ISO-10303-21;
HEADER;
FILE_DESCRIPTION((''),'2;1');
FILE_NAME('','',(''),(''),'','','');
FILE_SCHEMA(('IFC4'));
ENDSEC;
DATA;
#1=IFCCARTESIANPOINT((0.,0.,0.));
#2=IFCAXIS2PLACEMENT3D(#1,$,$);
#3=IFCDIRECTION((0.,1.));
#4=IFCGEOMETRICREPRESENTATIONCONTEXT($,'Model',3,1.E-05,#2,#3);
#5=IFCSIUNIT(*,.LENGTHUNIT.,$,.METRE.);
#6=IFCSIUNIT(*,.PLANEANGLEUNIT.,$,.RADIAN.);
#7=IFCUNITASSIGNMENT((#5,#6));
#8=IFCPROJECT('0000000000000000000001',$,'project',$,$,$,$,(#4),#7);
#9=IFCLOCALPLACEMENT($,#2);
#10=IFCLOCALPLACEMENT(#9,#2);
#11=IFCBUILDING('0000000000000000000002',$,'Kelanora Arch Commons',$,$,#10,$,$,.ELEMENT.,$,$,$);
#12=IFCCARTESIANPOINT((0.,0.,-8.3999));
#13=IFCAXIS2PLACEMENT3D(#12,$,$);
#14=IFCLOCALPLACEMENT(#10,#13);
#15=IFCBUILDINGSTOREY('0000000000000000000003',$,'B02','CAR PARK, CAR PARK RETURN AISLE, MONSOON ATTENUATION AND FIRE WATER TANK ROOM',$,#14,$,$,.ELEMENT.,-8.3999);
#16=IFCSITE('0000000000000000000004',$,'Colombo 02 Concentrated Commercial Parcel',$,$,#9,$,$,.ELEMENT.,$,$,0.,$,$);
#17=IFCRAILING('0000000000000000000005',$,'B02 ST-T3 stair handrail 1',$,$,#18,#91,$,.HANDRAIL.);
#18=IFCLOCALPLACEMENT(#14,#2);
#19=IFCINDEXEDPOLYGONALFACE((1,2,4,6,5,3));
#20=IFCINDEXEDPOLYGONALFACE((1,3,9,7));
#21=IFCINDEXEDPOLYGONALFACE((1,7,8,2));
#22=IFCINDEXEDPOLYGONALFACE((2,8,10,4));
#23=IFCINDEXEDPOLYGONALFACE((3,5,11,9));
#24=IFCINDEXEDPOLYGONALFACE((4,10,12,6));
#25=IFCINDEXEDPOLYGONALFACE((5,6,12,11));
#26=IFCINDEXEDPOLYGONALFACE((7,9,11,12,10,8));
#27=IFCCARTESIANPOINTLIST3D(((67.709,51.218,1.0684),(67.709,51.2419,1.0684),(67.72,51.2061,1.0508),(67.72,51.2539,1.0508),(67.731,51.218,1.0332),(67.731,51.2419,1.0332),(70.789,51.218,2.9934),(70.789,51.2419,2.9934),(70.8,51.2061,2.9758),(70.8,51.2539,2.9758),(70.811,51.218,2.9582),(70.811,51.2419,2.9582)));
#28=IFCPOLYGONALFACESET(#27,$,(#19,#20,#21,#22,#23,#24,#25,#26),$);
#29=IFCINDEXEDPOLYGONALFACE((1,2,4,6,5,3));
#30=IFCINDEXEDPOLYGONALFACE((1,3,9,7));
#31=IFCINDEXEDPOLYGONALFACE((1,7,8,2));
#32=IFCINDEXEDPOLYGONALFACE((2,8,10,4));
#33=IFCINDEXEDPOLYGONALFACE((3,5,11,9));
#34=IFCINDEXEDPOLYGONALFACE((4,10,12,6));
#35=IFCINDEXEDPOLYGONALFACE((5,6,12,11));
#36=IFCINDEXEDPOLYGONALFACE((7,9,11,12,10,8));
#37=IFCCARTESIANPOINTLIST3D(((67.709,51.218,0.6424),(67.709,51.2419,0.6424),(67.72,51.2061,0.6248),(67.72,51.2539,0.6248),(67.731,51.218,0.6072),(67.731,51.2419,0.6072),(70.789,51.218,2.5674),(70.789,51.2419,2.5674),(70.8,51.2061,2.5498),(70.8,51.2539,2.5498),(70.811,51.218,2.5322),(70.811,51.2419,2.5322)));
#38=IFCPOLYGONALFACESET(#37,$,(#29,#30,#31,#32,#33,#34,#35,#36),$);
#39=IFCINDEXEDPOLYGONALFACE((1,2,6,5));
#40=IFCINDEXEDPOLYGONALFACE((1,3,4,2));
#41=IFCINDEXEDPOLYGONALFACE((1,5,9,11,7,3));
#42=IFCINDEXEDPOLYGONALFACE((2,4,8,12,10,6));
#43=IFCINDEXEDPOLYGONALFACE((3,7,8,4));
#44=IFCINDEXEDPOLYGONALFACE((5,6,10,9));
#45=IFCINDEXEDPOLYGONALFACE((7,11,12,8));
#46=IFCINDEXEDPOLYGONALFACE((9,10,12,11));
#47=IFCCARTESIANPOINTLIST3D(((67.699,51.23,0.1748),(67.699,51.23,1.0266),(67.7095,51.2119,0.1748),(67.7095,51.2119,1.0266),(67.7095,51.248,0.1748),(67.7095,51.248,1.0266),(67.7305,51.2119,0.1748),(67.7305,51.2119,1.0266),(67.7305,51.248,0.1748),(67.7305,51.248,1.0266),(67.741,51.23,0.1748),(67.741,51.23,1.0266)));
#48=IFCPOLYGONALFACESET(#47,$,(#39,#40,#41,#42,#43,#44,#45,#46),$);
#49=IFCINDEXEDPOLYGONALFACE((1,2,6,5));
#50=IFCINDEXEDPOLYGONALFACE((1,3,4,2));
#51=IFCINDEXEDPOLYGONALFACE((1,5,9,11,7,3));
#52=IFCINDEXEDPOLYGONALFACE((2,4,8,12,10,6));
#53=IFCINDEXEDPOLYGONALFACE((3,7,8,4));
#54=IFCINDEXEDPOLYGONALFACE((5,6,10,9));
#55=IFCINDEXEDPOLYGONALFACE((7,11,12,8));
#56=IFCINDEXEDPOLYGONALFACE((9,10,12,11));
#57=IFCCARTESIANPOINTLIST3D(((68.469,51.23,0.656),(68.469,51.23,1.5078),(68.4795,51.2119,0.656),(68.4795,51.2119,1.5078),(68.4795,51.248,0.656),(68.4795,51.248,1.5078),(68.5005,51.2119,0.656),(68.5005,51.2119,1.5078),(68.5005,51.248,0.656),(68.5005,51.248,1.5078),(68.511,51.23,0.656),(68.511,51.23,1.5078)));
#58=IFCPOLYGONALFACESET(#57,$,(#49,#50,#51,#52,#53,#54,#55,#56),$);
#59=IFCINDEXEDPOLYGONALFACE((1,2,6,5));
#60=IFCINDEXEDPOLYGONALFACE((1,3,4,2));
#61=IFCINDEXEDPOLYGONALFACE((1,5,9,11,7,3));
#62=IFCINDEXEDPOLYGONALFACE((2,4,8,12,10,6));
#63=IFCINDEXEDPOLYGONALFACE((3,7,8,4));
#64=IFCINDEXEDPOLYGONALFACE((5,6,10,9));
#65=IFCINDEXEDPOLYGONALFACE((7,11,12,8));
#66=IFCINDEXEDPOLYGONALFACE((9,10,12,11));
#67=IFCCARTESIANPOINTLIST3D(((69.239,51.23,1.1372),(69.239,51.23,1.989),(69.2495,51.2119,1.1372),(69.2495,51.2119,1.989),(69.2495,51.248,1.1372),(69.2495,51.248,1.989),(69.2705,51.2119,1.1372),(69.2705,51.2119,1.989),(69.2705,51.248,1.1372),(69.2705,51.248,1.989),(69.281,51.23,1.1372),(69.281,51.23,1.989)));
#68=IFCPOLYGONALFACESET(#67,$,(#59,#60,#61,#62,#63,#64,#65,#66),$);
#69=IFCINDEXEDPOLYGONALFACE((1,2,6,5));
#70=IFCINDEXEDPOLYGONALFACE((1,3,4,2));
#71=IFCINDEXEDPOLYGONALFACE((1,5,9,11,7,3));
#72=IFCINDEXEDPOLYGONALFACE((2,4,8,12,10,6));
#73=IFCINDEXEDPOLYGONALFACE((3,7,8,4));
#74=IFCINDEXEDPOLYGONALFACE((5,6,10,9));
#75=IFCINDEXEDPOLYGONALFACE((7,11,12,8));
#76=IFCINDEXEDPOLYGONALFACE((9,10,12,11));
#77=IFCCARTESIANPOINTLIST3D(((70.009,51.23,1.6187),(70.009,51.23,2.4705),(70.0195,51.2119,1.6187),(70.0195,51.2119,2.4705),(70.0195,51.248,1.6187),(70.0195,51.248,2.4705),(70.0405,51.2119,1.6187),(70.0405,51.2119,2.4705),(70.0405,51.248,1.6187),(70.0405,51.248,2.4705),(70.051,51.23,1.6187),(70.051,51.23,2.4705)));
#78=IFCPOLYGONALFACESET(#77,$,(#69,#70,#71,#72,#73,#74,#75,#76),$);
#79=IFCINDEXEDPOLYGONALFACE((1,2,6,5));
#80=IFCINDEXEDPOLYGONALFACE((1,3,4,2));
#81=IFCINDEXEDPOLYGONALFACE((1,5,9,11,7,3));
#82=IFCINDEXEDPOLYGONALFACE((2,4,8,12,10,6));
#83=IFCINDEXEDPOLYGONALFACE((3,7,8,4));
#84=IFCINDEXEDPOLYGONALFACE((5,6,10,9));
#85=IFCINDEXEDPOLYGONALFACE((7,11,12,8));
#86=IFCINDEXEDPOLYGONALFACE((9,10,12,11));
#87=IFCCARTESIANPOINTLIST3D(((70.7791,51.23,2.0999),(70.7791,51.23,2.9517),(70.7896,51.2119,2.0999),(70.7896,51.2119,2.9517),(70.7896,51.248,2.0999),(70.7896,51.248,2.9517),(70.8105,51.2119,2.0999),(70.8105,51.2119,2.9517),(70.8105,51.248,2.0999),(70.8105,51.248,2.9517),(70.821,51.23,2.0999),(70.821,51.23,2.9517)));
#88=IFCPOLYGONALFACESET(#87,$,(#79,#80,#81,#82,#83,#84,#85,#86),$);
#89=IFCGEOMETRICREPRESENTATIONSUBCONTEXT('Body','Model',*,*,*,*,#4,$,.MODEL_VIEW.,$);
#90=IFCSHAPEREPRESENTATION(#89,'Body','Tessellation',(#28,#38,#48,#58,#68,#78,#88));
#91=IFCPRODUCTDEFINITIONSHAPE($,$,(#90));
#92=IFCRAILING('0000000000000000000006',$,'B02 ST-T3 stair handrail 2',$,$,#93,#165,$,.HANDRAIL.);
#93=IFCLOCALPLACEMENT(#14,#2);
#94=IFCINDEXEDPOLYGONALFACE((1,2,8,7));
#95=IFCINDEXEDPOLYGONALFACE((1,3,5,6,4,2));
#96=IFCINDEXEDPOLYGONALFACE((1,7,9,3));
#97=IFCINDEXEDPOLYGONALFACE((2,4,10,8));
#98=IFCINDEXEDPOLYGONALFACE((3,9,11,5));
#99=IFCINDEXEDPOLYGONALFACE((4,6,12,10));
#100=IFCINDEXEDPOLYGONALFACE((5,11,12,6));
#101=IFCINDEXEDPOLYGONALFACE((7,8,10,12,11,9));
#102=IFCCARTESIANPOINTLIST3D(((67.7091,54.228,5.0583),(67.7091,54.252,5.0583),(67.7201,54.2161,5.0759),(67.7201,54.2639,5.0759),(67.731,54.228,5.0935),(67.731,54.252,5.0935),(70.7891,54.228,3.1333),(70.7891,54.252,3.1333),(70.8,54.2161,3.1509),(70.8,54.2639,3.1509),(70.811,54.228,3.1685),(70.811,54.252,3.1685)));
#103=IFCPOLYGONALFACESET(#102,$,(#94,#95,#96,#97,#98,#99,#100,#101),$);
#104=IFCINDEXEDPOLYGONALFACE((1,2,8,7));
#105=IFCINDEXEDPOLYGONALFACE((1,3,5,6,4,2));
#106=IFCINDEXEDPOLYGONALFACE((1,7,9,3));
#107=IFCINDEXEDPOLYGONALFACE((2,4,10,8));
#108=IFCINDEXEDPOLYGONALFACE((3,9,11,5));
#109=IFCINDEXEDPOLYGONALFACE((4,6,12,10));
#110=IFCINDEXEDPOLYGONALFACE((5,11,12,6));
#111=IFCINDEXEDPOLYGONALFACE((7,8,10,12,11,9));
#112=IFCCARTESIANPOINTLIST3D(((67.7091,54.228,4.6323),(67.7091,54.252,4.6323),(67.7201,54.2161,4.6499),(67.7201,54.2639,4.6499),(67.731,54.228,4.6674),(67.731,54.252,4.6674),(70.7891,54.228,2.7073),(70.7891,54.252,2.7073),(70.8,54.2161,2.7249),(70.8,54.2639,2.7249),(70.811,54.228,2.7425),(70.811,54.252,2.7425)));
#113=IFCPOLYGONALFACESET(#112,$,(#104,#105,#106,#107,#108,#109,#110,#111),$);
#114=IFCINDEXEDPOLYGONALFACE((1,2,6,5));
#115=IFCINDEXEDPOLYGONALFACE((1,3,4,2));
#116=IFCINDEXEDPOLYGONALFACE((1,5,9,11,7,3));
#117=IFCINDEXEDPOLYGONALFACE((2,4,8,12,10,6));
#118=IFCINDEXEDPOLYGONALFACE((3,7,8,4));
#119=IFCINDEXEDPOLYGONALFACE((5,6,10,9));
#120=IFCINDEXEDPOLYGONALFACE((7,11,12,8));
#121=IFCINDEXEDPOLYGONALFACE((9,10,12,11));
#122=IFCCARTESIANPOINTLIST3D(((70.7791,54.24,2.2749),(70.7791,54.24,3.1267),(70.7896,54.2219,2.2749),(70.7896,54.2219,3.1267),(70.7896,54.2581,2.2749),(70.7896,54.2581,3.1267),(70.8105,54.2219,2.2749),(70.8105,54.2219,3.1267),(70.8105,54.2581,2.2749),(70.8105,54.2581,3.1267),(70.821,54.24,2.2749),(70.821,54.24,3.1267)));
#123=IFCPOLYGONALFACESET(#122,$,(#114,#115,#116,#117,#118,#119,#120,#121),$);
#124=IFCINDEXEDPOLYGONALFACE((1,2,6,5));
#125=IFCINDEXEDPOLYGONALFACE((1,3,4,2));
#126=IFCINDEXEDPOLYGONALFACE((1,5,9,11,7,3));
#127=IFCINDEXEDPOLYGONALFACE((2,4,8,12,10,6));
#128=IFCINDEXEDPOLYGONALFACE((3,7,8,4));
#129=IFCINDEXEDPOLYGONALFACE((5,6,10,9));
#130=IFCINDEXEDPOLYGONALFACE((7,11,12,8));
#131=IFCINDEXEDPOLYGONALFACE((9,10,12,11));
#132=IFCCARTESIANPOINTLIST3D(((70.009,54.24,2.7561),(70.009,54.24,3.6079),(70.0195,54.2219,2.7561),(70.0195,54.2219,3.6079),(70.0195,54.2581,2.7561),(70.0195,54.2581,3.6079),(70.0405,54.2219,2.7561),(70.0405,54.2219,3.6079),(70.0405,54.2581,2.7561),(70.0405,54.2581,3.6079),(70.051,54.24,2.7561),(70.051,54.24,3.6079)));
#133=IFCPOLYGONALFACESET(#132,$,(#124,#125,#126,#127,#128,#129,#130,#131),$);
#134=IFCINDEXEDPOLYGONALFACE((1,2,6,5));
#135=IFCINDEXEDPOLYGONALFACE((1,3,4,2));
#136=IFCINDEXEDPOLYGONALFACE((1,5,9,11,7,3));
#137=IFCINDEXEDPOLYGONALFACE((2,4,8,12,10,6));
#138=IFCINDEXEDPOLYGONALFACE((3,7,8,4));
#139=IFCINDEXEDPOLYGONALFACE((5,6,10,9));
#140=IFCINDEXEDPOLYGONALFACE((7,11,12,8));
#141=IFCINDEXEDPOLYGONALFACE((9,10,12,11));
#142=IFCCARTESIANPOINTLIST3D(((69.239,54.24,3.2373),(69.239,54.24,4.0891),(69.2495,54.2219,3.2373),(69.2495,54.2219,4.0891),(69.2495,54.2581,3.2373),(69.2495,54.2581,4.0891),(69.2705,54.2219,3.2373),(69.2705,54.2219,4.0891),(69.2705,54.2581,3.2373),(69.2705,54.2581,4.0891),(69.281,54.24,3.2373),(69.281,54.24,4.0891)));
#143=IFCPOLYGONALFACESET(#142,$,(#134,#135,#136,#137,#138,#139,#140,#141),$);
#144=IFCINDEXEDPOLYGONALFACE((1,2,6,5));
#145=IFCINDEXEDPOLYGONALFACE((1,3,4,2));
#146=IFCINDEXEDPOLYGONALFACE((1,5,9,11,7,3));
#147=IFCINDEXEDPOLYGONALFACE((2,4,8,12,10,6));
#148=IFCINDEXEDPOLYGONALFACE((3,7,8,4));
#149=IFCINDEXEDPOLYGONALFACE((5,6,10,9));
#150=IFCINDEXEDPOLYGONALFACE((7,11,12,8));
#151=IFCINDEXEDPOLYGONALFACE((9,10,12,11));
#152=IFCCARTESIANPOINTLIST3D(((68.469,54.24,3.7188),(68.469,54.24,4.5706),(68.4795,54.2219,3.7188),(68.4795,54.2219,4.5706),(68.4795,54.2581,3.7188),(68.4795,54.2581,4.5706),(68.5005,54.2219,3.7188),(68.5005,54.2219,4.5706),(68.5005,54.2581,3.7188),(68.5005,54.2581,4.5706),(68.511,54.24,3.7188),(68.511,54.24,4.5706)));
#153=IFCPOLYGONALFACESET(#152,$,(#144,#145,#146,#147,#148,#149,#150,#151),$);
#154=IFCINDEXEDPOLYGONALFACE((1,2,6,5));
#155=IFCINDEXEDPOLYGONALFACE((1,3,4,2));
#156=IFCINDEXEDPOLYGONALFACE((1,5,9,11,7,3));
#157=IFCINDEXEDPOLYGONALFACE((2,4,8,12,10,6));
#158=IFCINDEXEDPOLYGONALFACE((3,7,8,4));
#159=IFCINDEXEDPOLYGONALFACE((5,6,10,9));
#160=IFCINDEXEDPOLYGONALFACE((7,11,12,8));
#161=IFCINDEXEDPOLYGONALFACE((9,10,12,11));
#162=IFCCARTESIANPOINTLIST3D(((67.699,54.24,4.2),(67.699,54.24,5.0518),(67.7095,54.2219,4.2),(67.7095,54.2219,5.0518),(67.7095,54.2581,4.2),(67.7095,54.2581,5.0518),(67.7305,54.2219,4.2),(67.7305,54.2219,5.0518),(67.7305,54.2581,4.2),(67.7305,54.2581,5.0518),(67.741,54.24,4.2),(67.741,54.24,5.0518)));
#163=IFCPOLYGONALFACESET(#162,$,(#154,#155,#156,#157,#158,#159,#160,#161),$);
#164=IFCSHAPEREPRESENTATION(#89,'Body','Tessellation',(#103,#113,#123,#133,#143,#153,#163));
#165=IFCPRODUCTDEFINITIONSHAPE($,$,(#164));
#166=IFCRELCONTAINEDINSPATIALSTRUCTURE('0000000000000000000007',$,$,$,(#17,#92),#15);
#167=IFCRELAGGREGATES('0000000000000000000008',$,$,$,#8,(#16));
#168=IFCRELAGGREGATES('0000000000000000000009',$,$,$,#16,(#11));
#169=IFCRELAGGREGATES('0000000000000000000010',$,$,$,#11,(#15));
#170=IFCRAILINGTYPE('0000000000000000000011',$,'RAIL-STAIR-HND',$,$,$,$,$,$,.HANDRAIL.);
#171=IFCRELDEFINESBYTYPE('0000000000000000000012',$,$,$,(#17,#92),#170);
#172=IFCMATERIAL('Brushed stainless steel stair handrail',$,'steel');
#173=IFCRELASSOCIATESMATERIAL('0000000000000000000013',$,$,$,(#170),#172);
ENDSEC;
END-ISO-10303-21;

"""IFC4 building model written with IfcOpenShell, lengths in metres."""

from ifc_helpers import new_model, si_unit, direction, frame, origin, place, context, subcontext, project, spatial, polyline, outline, extrude, material, type_object, element, save


model = new_model("IFC4")

# Units and contexts
model_context = context("Model", 3, precision=1e-05, world=origin(), true_north=direction((0.0, 1.0)))
body_context = subcontext(model_context, "Body", "Model", "MODEL_VIEW")
ifc_project = project(units=[si_unit("LENGTHUNIT", "METRE"), si_unit("PLANEANGLEUNIT", "RADIAN")], contexts=[model_context])

# Site, building, storey
site_placement = place(None, origin())
site = spatial("IfcSite", under=ifc_project, at=site_placement, Name="Colombo 02 Concentrated Commercial Parcel", CompositionType="ELEMENT", RefElevation=0.0)
building_placement = place(site_placement, origin())
building = spatial("IfcBuilding", under=site, at=building_placement, Name="Kelanora Arch Commons", CompositionType="ELEMENT")
storey_placement = place(building_placement, frame((0.0, 0.0, -8.3999)))
storey = spatial("IfcBuildingStorey", under=building, at=storey_placement, Name="B02", Description="CAR PARK, CAR PARK RETURN AISLE, MONSOON ATTENUATION AND FIRE WATER TANK ROOM", CompositionType="ELEMENT", Elevation=-8.3999)

# Railings
ifc_material_1 = material(Name="Brushed stainless steel stair handrail", Category="steel")
railing_type_1 = type_object("IfcRailingType", Name="RAIL-STAIR-HND", PredefinedType="HANDRAIL", material=ifc_material_1)
railing_1_placement = place(storey_placement, frame((67.72, 51.23, 0.1748)))
element("IfcRailing", 1, at=railing_1_placement, inside=storey, type_object=railing_type_1, Name="B02 ST-T3 stair handrail 1", PredefinedType="HANDRAIL", context=body_context, shape_type="SweptSolid", body=[
    extrude(outline(polyline([(0.0239, 0.0), (0.012, 0.0208), (-0.012, 0.0208), (-0.0239, 0.0), (-0.012, -0.0208), (0.012, -0.0208), (0.0239, 0.0)])), frame((0.0, 0.0, 0.876), z_axis=(0.847998, 0.0, 0.529999), x_axis=(0.0, 1.0, 0.0)), (0.0, 0.0, 1.0), 3.6321),
    extrude(outline(polyline([(0.0239, 0.0), (0.012, 0.0208), (-0.012, 0.0208), (-0.0239, 0.0), (-0.012, -0.0208), (0.012, -0.0208), (0.0239, 0.0)])), frame((0.0, 0.0, 0.45), z_axis=(0.847998, 0.0, 0.529999), x_axis=(0.0, 1.0, 0.0)), (0.0, 0.0, 1.0), 3.6321),
    extrude(outline(polyline([(0.021, 0.0), (0.0105, 0.0181), (-0.0105, 0.0181), (-0.021, 0.0), (-0.0105, -0.0181), (0.0105, -0.0181), (0.021, 0.0)])), origin(), (0.0, 0.0, 1.0), 0.8518),
    extrude(outline(polyline([(0.021, 0.0), (0.0105, 0.0181), (-0.0105, 0.0181), (-0.021, 0.0), (-0.0105, -0.0181), (0.0105, -0.0181), (0.021, 0.0)])), frame((0.77, 0.0, 0.4812)), (0.0, 0.0, 1.0), 0.8518),
    extrude(outline(polyline([(0.021, 0.0), (0.0105, 0.0181), (-0.0105, 0.0181), (-0.021, 0.0), (-0.0105, -0.0181), (0.0105, -0.0181), (0.021, 0.0)])), frame((1.54, 0.0, 0.9624)), (0.0, 0.0, 1.0), 0.8518),
    extrude(outline(polyline([(0.021, 0.0), (0.0105, 0.0181), (-0.0105, 0.0181), (-0.021, 0.0), (-0.0105, -0.0181), (0.0105, -0.0181), (0.021, 0.0)])), frame((2.3101, 0.0, 1.4438)), (0.0, 0.0, 1.0), 0.8518),
    extrude(outline(polyline([(0.021, 0.0), (0.0105, 0.0181), (-0.0105, 0.0181), (-0.021, 0.0), (-0.0105, -0.0181), (0.0105, -0.0181), (0.021, 0.0)])), frame((3.0801, 0.0, 1.925)), (0.0, 0.0, 1.0), 0.8518),
])
railing_2_placement = place(storey_placement, frame((70.8, 54.24, 2.2749)))
element("IfcRailing", 2, at=railing_2_placement, inside=storey, type_object=railing_type_1, Name="B02 ST-T3 stair handrail 2", PredefinedType="HANDRAIL", context=body_context, shape_type="SweptSolid", body=[
    extrude(outline(polyline([(0.0239, 0.0), (0.012, 0.0208), (-0.012, 0.0208), (-0.0239, 0.0), (-0.012, -0.0208), (0.012, -0.0208), (0.0239, 0.0)])), frame((0.0, 0.0, 0.876), z_axis=(-0.847998, 0.0, 0.529999), x_axis=(0.0, -1.0, 0.0)), (0.0, 0.0, 1.0), 3.6321),
    extrude(outline(polyline([(0.0239, 0.0), (0.012, 0.0208), (-0.012, 0.0208), (-0.0239, 0.0), (-0.012, -0.0208), (0.012, -0.0208), (0.0239, 0.0)])), frame((0.0, 0.0, 0.45), z_axis=(-0.847998, 0.0, 0.529999), x_axis=(0.0, -1.0, 0.0)), (0.0, 0.0, 1.0), 3.6321),
    extrude(outline(polyline([(0.021, 0.0), (0.0105, 0.0181), (-0.0105, 0.0181), (-0.021, 0.0), (-0.0105, -0.0181), (0.0105, -0.0181), (0.021, 0.0)])), origin(), (0.0, 0.0, 1.0), 0.8518),
    extrude(outline(polyline([(0.021, 0.0), (0.0105, 0.0181), (-0.0105, 0.0181), (-0.021, 0.0), (-0.0105, -0.0181), (0.0105, -0.0181), (0.021, 0.0)])), frame((-0.77, 0.0, 0.4812)), (0.0, 0.0, 1.0), 0.8518),
    extrude(outline(polyline([(0.021, 0.0), (0.0105, 0.0181), (-0.0105, 0.0181), (-0.021, 0.0), (-0.0105, -0.0181), (0.0105, -0.0181), (0.021, 0.0)])), frame((-1.54, 0.0, 0.9624)), (0.0, 0.0, 1.0), 0.8518),
    extrude(outline(polyline([(0.021, 0.0), (0.0105, 0.0181), (-0.0105, 0.0181), (-0.021, 0.0), (-0.0105, -0.0181), (0.0105, -0.0181), (0.021, 0.0)])), frame((-2.3101, 0.0, 1.4438)), (0.0, 0.0, 1.0), 0.8518),
    extrude(outline(polyline([(0.021, 0.0), (0.0105, 0.0181), (-0.0105, 0.0181), (-0.021, 0.0), (-0.0105, -0.0181), (0.0105, -0.0181), (0.021, 0.0)])), frame((-3.0801, 0.0, 1.925)), (0.0, 0.0, 1.0), 0.8518),
])

save(model, "model.ifc")
